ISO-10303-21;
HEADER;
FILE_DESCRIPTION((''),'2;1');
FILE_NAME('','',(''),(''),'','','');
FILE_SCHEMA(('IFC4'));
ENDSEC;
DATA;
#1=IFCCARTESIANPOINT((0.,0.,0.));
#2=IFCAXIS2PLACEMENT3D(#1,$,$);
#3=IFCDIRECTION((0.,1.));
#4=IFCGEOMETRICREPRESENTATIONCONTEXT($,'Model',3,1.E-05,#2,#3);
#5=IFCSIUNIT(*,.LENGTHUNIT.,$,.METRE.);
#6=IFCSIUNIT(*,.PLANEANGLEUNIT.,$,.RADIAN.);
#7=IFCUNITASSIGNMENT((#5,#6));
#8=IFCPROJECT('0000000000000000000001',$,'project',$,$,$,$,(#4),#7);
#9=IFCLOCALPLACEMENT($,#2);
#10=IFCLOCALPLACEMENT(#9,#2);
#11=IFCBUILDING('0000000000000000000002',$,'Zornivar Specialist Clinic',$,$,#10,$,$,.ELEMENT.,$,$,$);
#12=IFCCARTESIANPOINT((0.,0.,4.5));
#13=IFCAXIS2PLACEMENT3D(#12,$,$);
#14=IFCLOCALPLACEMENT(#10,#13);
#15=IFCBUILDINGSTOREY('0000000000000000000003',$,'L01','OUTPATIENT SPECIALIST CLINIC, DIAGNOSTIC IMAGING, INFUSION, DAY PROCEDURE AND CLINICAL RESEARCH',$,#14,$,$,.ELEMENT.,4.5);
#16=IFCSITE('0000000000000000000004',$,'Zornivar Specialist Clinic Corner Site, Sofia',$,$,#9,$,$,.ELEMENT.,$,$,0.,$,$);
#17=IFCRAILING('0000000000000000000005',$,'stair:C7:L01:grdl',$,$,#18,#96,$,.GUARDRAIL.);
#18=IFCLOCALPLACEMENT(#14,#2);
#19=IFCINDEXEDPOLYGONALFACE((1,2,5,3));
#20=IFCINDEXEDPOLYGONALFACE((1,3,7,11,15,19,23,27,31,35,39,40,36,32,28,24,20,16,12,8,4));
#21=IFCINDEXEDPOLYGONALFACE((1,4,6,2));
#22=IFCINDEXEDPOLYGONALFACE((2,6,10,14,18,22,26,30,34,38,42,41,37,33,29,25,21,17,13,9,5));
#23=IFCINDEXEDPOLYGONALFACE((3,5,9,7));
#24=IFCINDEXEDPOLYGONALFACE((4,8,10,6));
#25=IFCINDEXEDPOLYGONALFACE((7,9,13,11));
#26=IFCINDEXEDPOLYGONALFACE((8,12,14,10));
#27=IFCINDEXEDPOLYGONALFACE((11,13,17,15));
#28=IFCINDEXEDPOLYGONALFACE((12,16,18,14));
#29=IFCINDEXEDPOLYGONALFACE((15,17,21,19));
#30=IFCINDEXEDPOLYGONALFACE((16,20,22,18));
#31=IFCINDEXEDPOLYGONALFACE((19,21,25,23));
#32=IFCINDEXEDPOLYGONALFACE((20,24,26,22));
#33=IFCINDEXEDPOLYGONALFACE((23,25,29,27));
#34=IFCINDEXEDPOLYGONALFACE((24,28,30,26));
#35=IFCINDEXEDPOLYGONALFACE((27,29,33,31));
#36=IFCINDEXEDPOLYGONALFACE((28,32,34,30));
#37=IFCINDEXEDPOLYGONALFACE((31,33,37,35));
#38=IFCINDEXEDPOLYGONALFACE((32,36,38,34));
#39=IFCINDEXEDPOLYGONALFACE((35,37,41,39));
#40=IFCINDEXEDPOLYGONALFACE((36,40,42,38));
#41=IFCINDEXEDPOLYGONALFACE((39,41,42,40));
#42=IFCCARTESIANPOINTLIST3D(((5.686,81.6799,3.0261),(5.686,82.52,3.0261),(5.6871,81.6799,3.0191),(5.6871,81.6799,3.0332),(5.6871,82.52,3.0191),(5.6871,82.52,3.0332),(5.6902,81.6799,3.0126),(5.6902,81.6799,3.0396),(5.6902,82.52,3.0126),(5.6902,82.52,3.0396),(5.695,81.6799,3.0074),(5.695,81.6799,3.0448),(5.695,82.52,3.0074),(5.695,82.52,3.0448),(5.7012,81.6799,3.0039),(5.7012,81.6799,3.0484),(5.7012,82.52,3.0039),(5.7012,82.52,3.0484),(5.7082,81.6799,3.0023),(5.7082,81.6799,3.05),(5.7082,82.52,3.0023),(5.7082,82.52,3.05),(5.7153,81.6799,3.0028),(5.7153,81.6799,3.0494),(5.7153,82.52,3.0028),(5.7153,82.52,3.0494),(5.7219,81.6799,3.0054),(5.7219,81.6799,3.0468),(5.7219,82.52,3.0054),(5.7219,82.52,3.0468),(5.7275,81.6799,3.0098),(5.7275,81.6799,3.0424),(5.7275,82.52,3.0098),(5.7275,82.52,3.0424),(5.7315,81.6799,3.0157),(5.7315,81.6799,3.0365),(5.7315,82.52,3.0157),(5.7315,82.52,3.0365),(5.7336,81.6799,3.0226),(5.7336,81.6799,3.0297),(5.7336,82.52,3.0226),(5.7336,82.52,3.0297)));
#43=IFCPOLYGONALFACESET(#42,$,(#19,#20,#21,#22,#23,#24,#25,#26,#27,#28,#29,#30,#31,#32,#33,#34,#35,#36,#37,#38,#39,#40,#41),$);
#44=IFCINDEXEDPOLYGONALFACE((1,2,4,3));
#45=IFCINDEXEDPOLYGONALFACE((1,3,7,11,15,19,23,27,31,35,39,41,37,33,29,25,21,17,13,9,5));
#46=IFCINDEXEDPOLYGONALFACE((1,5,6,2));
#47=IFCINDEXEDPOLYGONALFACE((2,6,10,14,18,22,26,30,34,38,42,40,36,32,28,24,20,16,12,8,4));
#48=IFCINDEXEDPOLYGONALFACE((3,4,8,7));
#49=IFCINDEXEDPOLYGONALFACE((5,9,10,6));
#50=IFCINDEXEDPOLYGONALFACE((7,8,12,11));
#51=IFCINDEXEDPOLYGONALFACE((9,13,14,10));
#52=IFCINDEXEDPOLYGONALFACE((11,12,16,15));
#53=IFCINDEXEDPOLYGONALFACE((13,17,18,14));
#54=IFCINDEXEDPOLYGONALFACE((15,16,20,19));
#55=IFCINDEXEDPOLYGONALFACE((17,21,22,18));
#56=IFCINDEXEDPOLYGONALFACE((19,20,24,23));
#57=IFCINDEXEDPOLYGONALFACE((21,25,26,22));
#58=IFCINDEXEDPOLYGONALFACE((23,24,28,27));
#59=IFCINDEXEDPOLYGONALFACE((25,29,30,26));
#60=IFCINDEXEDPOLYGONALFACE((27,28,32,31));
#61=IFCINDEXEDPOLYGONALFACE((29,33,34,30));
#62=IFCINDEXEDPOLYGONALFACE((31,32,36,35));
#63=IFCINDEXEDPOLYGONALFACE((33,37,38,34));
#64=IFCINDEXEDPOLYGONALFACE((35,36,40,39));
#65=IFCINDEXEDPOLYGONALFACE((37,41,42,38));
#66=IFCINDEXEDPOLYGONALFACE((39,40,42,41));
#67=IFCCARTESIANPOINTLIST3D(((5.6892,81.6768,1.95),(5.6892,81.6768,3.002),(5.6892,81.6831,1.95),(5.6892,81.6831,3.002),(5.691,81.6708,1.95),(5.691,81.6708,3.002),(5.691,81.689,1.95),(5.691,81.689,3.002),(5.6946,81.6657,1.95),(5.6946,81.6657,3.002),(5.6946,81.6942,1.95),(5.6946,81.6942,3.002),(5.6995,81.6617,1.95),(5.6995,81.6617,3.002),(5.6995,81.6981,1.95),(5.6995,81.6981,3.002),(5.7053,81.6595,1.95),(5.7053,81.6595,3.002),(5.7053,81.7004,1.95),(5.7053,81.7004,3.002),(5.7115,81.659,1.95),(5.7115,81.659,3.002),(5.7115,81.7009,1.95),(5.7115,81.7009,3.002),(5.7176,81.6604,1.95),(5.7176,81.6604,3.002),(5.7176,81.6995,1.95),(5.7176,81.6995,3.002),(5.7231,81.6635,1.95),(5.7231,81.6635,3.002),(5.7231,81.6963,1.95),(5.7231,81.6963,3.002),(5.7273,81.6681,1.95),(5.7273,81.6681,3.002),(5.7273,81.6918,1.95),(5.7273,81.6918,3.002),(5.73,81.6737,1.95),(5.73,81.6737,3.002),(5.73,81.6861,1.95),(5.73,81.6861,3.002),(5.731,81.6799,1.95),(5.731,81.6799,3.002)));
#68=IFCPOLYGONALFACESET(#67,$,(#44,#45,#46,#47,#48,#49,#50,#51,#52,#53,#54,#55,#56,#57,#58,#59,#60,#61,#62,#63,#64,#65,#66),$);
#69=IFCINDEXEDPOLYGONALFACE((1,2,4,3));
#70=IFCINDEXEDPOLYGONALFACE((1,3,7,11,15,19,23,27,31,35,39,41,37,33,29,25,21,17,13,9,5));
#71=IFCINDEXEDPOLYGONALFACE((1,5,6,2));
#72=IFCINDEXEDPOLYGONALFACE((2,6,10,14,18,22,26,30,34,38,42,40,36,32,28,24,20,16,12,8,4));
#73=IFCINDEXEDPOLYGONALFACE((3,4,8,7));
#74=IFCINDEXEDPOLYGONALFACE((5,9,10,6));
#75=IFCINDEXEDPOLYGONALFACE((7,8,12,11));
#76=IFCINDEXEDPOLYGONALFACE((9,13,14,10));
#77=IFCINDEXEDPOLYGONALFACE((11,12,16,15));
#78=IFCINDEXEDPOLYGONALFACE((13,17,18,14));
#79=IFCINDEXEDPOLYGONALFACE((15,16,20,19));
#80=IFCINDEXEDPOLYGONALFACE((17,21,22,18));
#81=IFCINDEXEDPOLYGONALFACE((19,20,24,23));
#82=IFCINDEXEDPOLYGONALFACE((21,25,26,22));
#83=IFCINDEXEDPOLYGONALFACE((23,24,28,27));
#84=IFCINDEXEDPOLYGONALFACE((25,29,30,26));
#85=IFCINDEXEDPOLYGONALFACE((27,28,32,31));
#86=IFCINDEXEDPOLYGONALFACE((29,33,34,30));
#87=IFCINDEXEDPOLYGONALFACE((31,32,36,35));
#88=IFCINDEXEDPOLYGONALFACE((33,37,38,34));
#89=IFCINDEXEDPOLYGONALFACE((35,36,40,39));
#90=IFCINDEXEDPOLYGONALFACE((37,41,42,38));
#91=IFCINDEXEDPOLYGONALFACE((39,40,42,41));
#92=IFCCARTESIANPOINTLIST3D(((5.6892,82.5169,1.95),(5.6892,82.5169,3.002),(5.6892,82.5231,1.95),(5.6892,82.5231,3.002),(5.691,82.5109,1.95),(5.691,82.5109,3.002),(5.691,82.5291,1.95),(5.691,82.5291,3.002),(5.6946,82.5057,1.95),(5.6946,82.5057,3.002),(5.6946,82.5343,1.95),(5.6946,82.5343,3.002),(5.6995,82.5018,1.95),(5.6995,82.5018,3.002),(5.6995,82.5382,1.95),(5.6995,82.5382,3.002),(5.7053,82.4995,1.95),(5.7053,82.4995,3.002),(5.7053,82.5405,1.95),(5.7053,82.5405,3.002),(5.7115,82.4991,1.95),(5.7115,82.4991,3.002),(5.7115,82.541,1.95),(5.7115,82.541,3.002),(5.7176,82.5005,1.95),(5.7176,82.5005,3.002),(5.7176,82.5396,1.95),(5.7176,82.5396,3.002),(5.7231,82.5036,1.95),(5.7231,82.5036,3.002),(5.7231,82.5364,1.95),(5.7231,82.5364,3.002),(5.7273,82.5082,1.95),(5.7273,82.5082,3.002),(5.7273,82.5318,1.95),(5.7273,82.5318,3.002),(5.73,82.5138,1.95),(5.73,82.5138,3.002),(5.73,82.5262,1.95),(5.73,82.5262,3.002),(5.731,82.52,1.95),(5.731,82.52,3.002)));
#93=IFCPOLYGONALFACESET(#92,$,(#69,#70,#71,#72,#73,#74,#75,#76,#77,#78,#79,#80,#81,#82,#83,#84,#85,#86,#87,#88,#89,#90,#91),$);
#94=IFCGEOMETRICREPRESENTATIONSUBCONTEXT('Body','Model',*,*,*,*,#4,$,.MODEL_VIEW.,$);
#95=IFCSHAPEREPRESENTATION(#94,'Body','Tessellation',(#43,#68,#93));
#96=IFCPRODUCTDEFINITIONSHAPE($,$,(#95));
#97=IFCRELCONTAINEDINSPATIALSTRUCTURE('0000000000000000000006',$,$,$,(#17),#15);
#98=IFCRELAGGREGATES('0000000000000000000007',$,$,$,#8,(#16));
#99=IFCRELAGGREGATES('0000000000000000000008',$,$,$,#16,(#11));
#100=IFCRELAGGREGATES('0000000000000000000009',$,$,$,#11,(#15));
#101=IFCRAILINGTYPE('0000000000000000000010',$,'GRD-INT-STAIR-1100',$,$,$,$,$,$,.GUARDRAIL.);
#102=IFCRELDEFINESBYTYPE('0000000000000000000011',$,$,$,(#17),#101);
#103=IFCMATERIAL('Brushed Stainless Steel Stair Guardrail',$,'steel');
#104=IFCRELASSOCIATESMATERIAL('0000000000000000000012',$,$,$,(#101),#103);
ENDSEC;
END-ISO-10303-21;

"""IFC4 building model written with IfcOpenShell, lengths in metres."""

from ifc_helpers import new_model, si_unit, direction, frame, origin, origin_2d, place, context, subcontext, project, spatial, circle, extrude, material, type_object, element, save


model = new_model("IFC4")

# Units and contexts
model_context = context("Model", 3, precision=1e-05, world=origin(), true_north=direction((0.0, 1.0)))
body_context = subcontext(model_context, "Body", "Model", "MODEL_VIEW")
ifc_project = project(units=[si_unit("LENGTHUNIT", "METRE"), si_unit("PLANEANGLEUNIT", "RADIAN")], contexts=[model_context])

# Site, building, storey
site_placement = place(None, origin())
site = spatial("IfcSite", under=ifc_project, at=site_placement, Name="Zornivar Specialist Clinic Corner Site, Sofia", CompositionType="ELEMENT", RefElevation=0.0)
building_placement = place(site_placement, origin())
building = spatial("IfcBuilding", under=site, at=building_placement, Name="Zornivar Specialist Clinic", CompositionType="ELEMENT")
storey_placement = place(building_placement, frame((0.0, 0.0, 4.5)))
storey = spatial("IfcBuildingStorey", under=building, at=storey_placement, Name="L01", Description="OUTPATIENT SPECIALIST CLINIC, DIAGNOSTIC IMAGING, INFUSION, DAY PROCEDURE AND CLINICAL RESEARCH", CompositionType="ELEMENT", Elevation=4.5)

# Railing
ifc_material_1 = material(Name="Brushed Stainless Steel Stair Guardrail", Category="steel")
railing_type_1 = type_object("IfcRailingType", Name="GRD-INT-STAIR-1100", PredefinedType="GUARDRAIL", material=ifc_material_1)
railing_1_placement = place(storey_placement, frame((5.71, 81.6799, 1.95)))
element("IfcRailing", 1, at=railing_1_placement, inside=storey, type_object=railing_type_1, Name="stair:C7:L01:grdl", PredefinedType="GUARDRAIL", context=body_context, shape_type="SweptSolid", body=[
    extrude(circle(Radius=0.0239, at=origin_2d()), frame((0.0, 0.0, 1.0762), z_axis=(0.0, 1.0, 0.0), x_axis=(-1.0, 0.0, 0.0)), (0.0, 0.0, 1.0), 0.8401),
    extrude(circle(Radius=0.021, at=origin_2d()), origin(), (0.0, 0.0, 1.0), 1.052),
    extrude(circle(Radius=0.021, at=origin_2d()), frame((0.0, 0.8401, 0.0)), (0.0, 0.0, 1.0), 1.052),
])

save(model, "model.ifc")
